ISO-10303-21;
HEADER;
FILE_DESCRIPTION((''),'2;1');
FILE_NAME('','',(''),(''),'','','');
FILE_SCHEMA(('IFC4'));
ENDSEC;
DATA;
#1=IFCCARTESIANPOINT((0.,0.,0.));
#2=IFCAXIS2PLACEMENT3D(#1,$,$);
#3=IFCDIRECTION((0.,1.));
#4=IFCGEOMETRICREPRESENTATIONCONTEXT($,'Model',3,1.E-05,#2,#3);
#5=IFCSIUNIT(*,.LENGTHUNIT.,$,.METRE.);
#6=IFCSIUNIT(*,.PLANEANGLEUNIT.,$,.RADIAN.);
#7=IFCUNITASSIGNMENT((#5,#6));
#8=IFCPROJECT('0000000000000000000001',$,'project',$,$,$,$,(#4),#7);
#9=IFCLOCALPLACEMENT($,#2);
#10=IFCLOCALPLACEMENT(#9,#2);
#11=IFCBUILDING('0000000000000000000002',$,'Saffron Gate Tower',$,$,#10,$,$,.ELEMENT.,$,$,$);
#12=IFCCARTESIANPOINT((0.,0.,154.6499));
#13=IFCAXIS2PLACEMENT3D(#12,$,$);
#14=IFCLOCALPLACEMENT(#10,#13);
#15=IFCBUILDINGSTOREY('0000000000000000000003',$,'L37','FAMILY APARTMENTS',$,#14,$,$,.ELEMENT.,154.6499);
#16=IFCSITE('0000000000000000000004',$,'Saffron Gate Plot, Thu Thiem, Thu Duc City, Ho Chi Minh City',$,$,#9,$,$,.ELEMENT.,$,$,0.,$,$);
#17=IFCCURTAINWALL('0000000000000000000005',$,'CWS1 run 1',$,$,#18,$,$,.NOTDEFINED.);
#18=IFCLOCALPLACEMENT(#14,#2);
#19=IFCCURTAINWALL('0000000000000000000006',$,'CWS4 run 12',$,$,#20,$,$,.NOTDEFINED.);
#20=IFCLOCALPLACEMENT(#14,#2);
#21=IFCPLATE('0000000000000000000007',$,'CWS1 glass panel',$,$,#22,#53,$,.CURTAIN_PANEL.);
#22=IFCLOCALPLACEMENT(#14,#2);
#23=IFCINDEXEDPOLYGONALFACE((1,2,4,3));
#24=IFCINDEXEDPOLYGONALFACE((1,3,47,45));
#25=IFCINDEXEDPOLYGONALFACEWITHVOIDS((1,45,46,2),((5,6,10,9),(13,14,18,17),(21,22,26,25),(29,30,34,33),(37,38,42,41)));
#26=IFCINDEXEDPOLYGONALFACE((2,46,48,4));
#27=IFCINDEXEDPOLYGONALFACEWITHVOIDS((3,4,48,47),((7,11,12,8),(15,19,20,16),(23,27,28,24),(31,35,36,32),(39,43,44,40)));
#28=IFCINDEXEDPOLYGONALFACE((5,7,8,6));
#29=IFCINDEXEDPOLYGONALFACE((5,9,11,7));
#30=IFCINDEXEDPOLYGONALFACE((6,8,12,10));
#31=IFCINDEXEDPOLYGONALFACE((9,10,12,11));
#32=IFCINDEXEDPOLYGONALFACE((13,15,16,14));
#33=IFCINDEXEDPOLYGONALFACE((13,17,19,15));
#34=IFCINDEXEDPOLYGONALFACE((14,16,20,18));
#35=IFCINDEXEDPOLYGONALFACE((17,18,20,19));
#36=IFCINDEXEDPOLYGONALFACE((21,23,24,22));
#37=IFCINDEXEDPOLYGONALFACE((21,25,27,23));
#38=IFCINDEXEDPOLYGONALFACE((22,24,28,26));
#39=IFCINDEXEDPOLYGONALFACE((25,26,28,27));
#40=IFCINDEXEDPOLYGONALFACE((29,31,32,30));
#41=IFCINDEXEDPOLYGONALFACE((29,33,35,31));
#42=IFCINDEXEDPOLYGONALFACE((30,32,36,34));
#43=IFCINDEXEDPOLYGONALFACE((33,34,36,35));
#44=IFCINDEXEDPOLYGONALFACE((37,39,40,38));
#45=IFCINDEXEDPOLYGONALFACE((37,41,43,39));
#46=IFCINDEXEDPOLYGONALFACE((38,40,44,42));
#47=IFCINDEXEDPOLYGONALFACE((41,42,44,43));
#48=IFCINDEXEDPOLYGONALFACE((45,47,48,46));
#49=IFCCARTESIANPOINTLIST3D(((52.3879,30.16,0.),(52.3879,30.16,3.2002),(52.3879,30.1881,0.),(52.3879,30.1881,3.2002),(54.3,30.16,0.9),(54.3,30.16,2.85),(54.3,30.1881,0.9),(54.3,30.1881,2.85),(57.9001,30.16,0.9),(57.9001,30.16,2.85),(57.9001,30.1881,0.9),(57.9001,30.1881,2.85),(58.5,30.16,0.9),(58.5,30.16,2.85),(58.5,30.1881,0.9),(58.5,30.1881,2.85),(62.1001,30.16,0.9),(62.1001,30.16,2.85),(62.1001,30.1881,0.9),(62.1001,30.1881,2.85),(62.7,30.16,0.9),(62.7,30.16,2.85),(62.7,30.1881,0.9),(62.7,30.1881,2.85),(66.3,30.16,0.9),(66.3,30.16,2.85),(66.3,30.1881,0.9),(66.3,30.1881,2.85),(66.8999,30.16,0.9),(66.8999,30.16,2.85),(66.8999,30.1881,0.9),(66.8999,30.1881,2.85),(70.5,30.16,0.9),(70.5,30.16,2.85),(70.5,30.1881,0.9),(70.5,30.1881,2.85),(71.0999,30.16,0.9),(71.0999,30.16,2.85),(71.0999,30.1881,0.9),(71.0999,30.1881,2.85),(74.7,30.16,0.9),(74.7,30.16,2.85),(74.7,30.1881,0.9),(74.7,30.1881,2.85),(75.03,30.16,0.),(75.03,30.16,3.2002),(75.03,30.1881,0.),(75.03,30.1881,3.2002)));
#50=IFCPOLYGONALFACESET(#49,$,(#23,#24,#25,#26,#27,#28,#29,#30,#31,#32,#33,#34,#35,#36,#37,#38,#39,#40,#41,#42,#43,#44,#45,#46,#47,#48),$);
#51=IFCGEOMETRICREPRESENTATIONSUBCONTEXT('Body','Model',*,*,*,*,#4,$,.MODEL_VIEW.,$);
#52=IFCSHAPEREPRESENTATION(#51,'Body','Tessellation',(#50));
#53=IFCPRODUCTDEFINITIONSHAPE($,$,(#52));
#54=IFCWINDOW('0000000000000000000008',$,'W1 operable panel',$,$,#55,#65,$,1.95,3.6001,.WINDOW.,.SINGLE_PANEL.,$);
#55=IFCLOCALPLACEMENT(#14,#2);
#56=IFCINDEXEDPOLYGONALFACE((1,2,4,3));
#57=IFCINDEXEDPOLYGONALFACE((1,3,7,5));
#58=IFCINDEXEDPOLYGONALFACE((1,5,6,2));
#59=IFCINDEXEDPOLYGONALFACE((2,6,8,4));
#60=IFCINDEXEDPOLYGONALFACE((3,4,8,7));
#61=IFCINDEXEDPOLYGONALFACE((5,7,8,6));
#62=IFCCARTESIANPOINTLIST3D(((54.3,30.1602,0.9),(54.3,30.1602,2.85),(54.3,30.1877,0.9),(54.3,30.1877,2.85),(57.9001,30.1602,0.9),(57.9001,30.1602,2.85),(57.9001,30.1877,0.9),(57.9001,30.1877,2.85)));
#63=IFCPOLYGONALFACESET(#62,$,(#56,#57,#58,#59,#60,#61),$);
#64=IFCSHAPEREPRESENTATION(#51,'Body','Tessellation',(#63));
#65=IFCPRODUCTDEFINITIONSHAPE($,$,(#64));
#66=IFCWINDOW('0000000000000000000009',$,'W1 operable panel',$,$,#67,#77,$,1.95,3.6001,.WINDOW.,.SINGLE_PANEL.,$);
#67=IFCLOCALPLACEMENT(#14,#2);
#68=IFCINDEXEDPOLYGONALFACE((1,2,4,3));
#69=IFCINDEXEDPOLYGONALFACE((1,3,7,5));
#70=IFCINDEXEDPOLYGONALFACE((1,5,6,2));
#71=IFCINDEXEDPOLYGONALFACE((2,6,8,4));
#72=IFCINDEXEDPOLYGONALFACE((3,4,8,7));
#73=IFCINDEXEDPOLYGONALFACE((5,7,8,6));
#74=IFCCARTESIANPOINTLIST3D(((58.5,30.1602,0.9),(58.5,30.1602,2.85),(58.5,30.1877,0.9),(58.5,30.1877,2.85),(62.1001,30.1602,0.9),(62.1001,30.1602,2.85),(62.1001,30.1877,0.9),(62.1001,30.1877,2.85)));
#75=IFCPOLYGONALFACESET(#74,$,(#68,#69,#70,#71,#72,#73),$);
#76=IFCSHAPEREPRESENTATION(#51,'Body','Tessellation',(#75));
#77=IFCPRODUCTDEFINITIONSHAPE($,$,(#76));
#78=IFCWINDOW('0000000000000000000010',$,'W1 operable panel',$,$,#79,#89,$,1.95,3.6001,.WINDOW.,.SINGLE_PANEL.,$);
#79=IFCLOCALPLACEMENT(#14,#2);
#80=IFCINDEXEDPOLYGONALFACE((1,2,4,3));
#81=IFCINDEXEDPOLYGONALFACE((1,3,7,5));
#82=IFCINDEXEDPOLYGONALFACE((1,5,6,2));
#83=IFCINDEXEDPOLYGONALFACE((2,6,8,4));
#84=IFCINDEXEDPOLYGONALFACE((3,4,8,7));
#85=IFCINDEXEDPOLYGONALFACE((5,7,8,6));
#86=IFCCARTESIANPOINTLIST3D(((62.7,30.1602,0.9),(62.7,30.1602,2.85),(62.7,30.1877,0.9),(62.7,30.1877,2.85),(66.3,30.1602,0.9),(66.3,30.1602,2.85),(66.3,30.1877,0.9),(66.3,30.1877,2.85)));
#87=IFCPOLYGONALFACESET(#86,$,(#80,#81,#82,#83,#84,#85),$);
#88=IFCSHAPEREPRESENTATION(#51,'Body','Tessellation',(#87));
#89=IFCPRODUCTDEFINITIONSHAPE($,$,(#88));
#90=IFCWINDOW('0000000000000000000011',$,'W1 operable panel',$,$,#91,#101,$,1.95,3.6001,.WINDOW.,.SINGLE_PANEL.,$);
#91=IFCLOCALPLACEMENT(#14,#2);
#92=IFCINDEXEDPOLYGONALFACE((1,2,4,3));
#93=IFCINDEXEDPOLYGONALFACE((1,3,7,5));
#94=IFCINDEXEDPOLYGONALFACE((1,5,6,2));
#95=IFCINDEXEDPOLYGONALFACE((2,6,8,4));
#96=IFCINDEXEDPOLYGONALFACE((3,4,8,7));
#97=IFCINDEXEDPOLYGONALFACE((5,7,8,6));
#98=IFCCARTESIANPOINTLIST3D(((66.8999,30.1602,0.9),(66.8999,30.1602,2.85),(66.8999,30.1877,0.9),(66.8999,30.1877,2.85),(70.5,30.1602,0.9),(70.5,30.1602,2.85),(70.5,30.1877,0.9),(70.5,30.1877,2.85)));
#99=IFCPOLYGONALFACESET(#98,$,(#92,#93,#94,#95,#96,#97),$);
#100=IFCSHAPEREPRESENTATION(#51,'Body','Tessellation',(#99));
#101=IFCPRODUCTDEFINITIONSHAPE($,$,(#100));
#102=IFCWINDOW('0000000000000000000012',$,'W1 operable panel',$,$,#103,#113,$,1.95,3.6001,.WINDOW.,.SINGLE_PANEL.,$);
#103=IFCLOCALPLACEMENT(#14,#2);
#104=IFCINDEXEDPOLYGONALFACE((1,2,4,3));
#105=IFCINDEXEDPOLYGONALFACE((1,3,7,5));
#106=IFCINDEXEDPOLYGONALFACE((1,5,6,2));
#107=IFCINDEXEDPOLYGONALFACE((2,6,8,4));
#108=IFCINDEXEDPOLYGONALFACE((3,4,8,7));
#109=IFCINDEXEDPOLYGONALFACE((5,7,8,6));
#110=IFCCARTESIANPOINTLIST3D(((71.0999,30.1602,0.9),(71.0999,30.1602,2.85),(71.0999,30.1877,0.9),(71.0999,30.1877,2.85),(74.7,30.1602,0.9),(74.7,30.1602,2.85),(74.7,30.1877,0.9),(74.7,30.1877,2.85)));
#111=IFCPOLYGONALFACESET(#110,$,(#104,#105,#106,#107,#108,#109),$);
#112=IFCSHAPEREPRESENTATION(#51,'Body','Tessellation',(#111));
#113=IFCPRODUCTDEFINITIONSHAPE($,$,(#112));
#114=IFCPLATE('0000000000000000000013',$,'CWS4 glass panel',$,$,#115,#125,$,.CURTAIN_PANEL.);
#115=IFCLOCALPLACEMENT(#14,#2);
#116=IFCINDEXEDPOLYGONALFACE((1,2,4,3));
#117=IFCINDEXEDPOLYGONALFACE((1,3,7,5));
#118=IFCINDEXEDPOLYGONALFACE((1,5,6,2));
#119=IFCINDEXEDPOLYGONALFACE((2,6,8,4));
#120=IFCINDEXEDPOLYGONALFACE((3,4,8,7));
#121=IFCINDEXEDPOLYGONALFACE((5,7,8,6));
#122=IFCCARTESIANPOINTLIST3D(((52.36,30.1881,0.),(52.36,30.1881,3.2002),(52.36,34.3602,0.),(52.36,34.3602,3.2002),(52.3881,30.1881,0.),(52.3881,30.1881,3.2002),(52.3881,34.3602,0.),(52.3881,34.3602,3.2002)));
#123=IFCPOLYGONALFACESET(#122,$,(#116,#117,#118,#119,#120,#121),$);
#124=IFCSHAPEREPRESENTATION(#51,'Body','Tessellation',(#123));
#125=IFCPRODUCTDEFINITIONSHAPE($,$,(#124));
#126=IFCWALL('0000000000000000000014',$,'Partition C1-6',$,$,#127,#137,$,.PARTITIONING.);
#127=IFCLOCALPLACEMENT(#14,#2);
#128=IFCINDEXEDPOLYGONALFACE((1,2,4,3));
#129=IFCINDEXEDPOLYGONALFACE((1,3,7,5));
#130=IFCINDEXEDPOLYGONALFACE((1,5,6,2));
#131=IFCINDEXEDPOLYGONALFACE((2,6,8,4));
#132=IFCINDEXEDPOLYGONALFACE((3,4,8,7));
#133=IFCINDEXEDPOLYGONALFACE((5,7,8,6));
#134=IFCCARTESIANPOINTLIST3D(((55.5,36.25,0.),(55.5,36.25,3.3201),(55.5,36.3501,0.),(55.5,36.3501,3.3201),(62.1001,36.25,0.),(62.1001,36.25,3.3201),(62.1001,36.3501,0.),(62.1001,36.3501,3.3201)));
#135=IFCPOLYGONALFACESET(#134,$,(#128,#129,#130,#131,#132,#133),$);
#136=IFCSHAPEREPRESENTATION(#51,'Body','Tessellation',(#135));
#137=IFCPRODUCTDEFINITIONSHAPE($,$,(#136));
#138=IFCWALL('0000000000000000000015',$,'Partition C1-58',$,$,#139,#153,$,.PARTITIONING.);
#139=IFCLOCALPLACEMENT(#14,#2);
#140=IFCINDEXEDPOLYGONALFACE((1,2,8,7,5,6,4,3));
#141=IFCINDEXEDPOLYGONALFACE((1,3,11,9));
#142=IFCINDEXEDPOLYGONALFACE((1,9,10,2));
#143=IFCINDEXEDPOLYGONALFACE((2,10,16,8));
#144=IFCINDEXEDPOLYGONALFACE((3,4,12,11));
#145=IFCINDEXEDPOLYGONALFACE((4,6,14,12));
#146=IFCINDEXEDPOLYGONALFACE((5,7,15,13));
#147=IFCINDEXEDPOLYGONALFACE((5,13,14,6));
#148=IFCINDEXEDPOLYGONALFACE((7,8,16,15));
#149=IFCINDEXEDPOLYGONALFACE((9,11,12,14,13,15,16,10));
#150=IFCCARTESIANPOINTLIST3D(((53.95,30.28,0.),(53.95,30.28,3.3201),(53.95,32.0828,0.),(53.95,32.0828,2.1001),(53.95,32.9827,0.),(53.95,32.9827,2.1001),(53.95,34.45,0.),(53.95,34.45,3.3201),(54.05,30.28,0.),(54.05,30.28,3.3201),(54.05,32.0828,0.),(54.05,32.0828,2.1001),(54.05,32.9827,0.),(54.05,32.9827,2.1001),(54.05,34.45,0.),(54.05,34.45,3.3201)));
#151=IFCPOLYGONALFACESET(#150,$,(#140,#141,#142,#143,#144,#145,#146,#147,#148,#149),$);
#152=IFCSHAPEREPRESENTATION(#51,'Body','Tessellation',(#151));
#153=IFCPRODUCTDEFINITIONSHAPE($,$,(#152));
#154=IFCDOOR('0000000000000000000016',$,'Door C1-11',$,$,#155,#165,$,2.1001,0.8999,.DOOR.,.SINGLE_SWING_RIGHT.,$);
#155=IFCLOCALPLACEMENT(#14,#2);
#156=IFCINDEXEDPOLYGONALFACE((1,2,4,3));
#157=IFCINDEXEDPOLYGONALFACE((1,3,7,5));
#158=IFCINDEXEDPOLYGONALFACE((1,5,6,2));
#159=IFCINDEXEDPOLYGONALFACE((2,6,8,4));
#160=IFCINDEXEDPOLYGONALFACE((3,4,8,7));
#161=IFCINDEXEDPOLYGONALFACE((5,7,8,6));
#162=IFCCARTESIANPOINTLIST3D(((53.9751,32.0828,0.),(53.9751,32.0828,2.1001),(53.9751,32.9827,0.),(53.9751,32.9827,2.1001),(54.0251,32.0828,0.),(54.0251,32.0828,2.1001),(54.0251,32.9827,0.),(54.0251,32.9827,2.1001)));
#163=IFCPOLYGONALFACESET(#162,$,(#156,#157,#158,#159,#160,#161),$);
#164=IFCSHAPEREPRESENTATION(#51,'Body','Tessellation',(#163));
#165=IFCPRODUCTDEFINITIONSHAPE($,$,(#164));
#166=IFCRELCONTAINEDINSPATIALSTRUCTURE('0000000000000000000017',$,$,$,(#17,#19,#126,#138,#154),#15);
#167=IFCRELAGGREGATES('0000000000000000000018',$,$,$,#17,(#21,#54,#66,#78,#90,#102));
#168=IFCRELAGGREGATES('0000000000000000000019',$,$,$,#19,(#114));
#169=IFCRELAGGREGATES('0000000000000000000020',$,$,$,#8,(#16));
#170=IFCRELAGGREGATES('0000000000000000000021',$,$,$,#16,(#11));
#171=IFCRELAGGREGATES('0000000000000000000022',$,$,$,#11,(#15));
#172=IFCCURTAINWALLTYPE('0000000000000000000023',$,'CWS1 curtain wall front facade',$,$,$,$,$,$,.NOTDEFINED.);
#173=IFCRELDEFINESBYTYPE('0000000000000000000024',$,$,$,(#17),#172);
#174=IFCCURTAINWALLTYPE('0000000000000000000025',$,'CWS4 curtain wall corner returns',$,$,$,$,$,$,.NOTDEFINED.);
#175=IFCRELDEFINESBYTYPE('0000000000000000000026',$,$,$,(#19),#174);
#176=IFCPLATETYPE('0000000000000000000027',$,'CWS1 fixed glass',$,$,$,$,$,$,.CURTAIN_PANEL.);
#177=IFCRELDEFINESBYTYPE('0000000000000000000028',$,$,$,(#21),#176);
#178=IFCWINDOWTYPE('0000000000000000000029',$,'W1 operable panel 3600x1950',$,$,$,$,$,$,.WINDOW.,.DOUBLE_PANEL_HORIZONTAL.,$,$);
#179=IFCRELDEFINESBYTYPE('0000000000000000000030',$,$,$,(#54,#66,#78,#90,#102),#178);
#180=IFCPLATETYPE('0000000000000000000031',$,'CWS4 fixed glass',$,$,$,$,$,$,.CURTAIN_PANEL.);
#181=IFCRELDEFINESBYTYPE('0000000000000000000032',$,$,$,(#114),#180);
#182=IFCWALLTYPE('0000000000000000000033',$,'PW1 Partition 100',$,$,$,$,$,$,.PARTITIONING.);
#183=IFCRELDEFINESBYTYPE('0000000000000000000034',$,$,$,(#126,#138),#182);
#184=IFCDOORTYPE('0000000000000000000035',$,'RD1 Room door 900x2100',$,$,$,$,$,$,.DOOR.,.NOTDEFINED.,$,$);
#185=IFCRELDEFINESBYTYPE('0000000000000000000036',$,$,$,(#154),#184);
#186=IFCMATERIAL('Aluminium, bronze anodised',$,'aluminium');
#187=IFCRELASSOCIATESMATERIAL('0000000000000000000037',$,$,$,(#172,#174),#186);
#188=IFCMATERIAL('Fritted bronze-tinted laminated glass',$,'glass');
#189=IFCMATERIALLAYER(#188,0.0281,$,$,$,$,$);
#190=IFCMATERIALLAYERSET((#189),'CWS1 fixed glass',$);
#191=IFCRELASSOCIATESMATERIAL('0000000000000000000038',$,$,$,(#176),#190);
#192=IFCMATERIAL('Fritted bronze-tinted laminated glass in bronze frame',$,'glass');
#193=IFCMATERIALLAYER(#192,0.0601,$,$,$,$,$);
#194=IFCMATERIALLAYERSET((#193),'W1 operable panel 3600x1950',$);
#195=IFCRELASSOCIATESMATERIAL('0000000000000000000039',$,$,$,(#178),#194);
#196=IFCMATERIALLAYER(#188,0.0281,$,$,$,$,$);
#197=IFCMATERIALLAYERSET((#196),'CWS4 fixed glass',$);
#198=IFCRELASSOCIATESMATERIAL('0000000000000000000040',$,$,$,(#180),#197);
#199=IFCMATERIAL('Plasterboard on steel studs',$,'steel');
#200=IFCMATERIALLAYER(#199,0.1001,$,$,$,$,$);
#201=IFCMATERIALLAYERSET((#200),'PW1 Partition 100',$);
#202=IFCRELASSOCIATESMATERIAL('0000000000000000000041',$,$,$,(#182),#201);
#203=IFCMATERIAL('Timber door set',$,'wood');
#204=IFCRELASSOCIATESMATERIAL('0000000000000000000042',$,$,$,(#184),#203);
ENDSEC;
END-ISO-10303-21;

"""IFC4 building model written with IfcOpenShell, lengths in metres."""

from ifc_helpers import new_model, si_unit, direction, frame, frame_2d, origin, place, context, subcontext, project, spatial, rectangle, extrude, material, layer, layer_set, type_object, element, fill, aggregate, save


model = new_model("IFC4")

# Units and contexts
model_context = context("Model", 3, precision=1e-05, world=origin(), true_north=direction((0.0, 1.0)))
body_context = subcontext(model_context, "Body", "Model", "MODEL_VIEW")
ifc_project = project(units=[si_unit("LENGTHUNIT", "METRE"), si_unit("PLANEANGLEUNIT", "RADIAN")], contexts=[model_context])

# Site, building, storey
site_placement = place(None, origin())
site = spatial("IfcSite", under=ifc_project, at=site_placement, Name="Saffron Gate Plot, Thu Thiem, Thu Duc City, Ho Chi Minh City", CompositionType="ELEMENT", RefElevation=0.0)
building_placement = place(site_placement, origin())
building = spatial("IfcBuilding", under=site, at=building_placement, Name="Saffron Gate Tower", CompositionType="ELEMENT")
storey_placement = place(building_placement, frame((0.0, 0.0, 154.6499)))
storey = spatial("IfcBuildingStorey", under=building, at=storey_placement, Name="L37", Description="FAMILY APARTMENTS", CompositionType="ELEMENT", Elevation=154.6499)

# Curtain walls
ifc_material_1 = material(Name="Aluminium, bronze anodised", Category="aluminium")
curtain_wall_type_1 = type_object("IfcCurtainWallType", Name="CWS1 curtain wall front facade", PredefinedType="NOTDEFINED", material=ifc_material_1)
curtain_wall_1_placement = place(storey_placement, origin())
curtain_wall_1 = element("IfcCurtainWall", 1, at=curtain_wall_1_placement, inside=storey, type_object=curtain_wall_type_1, Name="CWS1 run 1", PredefinedType="NOTDEFINED")
curtain_wall_type_2 = type_object("IfcCurtainWallType", Name="CWS4 curtain wall corner returns", PredefinedType="NOTDEFINED", material=ifc_material_1)
curtain_wall_2_placement = place(storey_placement, origin())
curtain_wall_2 = element("IfcCurtainWall", 2, at=curtain_wall_2_placement, inside=storey, type_object=curtain_wall_type_2, Name="CWS4 run 12", PredefinedType="NOTDEFINED")

# Plate, openings, windows
ifc_material_2 = material(Name="Fritted bronze-tinted laminated glass", Category="glass")
ifc_layer_1 = layer(ifc_material_2, 0.0281)
ifc_layer_set_1 = layer_set([ifc_layer_1], Name="CWS1 fixed glass")
plate_type_1 = type_object("IfcPlateType", Name="CWS1 fixed glass", PredefinedType="CURTAIN_PANEL", material=ifc_layer_set_1)
plate_1_placement = place(storey_placement, frame((52.3879, 30.1741, 0.0), z_axis=(0.0, 0.0, 1.0), x_axis=(1.0, 0.0, 0.0)))
plate_1 = element("IfcPlate", 3, at=plate_1_placement, type_object=plate_type_1, Name="CWS1 glass panel", PredefinedType="CURTAIN_PANEL", context=body_context, shape_type="SweptSolid", body=[
    extrude(rectangle(XDim=22.6421, YDim=0.0281, at=frame_2d((11.321, 0.0))), origin(), (0.0, 0.0, 1.0), 3.2002),
])
opening_1_placement = place(plate_1_placement, frame((1.9121, 0.0, 0.8999)))
opening_1 = element("IfcOpeningElement", 4, at=opening_1_placement, cuts=plate_1, PredefinedType="OPENING", context=body_context, shape_type="SweptSolid", body=[
    extrude(rectangle(XDim=3.6001, YDim=1.95, at=frame_2d((1.8, 0.9751))), frame((0.0, 0.0239, 0.0), z_axis=(0.0, -1.0, 0.0), x_axis=(1.0, 0.0, 0.0)), (0.0, 0.0, 1.0), 0.0481),
])
opening_2_placement = place(plate_1_placement, frame((6.1121, 0.0, 0.8999)))
opening_2 = element("IfcOpeningElement", 5, at=opening_2_placement, cuts=plate_1, PredefinedType="OPENING", context=body_context, shape_type="SweptSolid", body=[
    extrude(rectangle(XDim=3.6001, YDim=1.95, at=frame_2d((1.8, 0.9751))), frame((0.0, 0.0239, 0.0), z_axis=(0.0, -1.0, 0.0), x_axis=(1.0, 0.0, 0.0)), (0.0, 0.0, 1.0), 0.0481),
])
opening_3_placement = place(plate_1_placement, frame((10.312, 0.0, 0.8999)))
opening_3 = element("IfcOpeningElement", 6, at=opening_3_placement, cuts=plate_1, PredefinedType="OPENING", context=body_context, shape_type="SweptSolid", body=[
    extrude(rectangle(XDim=3.6001, YDim=1.95, at=frame_2d((1.8, 0.9751))), frame((0.0, 0.0239, 0.0), z_axis=(0.0, -1.0, 0.0), x_axis=(1.0, 0.0, 0.0)), (0.0, 0.0, 1.0), 0.0481),
])
opening_4_placement = place(plate_1_placement, frame((14.512, 0.0, 0.8999)))
opening_4 = element("IfcOpeningElement", 7, at=opening_4_placement, cuts=plate_1, PredefinedType="OPENING", context=body_context, shape_type="SweptSolid", body=[
    extrude(rectangle(XDim=3.6001, YDim=1.95, at=frame_2d((1.8, 0.9751))), frame((0.0, 0.0239, 0.0), z_axis=(0.0, -1.0, 0.0), x_axis=(1.0, 0.0, 0.0)), (0.0, 0.0, 1.0), 0.0481),
])
opening_5_placement = place(plate_1_placement, frame((18.7119, 0.0, 0.8999)))
opening_5 = element("IfcOpeningElement", 8, at=opening_5_placement, cuts=plate_1, PredefinedType="OPENING", context=body_context, shape_type="SweptSolid", body=[
    extrude(rectangle(XDim=3.6001, YDim=1.95, at=frame_2d((1.8, 0.9751))), frame((0.0, 0.0239, 0.0), z_axis=(0.0, -1.0, 0.0), x_axis=(1.0, 0.0, 0.0)), (0.0, 0.0, 1.0), 0.0481),
])
ifc_material_3 = material(Name="Fritted bronze-tinted laminated glass in bronze frame", Category="glass")
ifc_layer_2 = layer(ifc_material_3, 0.0601)
ifc_layer_set_2 = layer_set([ifc_layer_2], Name="W1 operable panel 3600x1950")
window_type = type_object("IfcWindowType", Name="W1 operable panel 3600x1950", PartitioningType="DOUBLE_PANEL_HORIZONTAL", PredefinedType="WINDOW", material=ifc_layer_set_2)
window_1_placement = place(opening_1_placement, origin())
window_1 = element("IfcWindow", 9, at=window_1_placement, type_object=window_type, Name="W1 operable panel", OverallHeight=1.95, OverallWidth=3.6001, PartitioningType="SINGLE_PANEL", PredefinedType="WINDOW", context=body_context, shape_type="SweptSolid", body=[
    extrude(rectangle(XDim=3.6001, YDim=1.95, at=frame_2d((1.8, 0.9751))), frame((0.0, 0.0137, 0.0), z_axis=(0.0, -1.0, 0.0), x_axis=(1.0, 0.0, 0.0)), (0.0, 0.0, 1.0), 0.0276),
])
fill(opening_1, window_1)
window_2_placement = place(opening_2_placement, origin())
window_2 = element("IfcWindow", 10, at=window_2_placement, type_object=window_type, Name="W1 operable panel", OverallHeight=1.95, OverallWidth=3.6001, PartitioningType="SINGLE_PANEL", PredefinedType="WINDOW", context=body_context, shape_type="SweptSolid", body=[
    extrude(rectangle(XDim=3.6001, YDim=1.95, at=frame_2d((1.8, 0.9751))), frame((0.0, 0.0137, 0.0), z_axis=(0.0, -1.0, 0.0), x_axis=(1.0, 0.0, 0.0)), (0.0, 0.0, 1.0), 0.0276),
])
fill(opening_2, window_2)
window_3_placement = place(opening_3_placement, origin())
window_3 = element("IfcWindow", 11, at=window_3_placement, type_object=window_type, Name="W1 operable panel", OverallHeight=1.95, OverallWidth=3.6001, PartitioningType="SINGLE_PANEL", PredefinedType="WINDOW", context=body_context, shape_type="SweptSolid", body=[
    extrude(rectangle(XDim=3.6001, YDim=1.95, at=frame_2d((1.8, 0.9751))), frame((0.0, 0.0137, 0.0), z_axis=(0.0, -1.0, 0.0), x_axis=(1.0, 0.0, 0.0)), (0.0, 0.0, 1.0), 0.0276),
])
fill(opening_3, window_3)
window_4_placement = place(opening_4_placement, origin())
window_4 = element("IfcWindow", 12, at=window_4_placement, type_object=window_type, Name="W1 operable panel", OverallHeight=1.95, OverallWidth=3.6001, PartitioningType="SINGLE_PANEL", PredefinedType="WINDOW", context=body_context, shape_type="SweptSolid", body=[
    extrude(rectangle(XDim=3.6001, YDim=1.95, at=frame_2d((1.8, 0.9751))), frame((0.0, 0.0137, 0.0), z_axis=(0.0, -1.0, 0.0), x_axis=(1.0, 0.0, 0.0)), (0.0, 0.0, 1.0), 0.0276),
])
fill(opening_4, window_4)
window_5_placement = place(opening_5_placement, origin())
window_5 = element("IfcWindow", 13, at=window_5_placement, type_object=window_type, Name="W1 operable panel", OverallHeight=1.95, OverallWidth=3.6001, PartitioningType="SINGLE_PANEL", PredefinedType="WINDOW", context=body_context, shape_type="SweptSolid", body=[
    extrude(rectangle(XDim=3.6001, YDim=1.95, at=frame_2d((1.8, 0.9751))), frame((0.0, 0.0137, 0.0), z_axis=(0.0, -1.0, 0.0), x_axis=(1.0, 0.0, 0.0)), (0.0, 0.0, 1.0), 0.0276),
])
fill(opening_5, window_5)
aggregate(curtain_wall_1, [plate_1, window_1, window_2, window_3, window_4, window_5])

# Plate
ifc_layer_3 = layer(ifc_material_2, 0.0281)
ifc_layer_set_3 = layer_set([ifc_layer_3], Name="CWS4 fixed glass")
plate_type_2 = type_object("IfcPlateType", Name="CWS4 fixed glass", PredefinedType="CURTAIN_PANEL", material=ifc_layer_set_3)
plate_2_placement = place(storey_placement, frame((52.374, 34.3601, 0.0), z_axis=(0.0, 0.0, 1.0), x_axis=(0.0, -1.0, 0.0)))
plate_2 = element("IfcPlate", 14, at=plate_2_placement, type_object=plate_type_2, Name="CWS4 glass panel", PredefinedType="CURTAIN_PANEL", context=body_context, shape_type="SweptSolid", body=[
    extrude(rectangle(XDim=4.1721, YDim=0.0281, at=frame_2d((2.0859, 0.0))), origin(), (0.0, 0.0, 1.0), 3.2002),
])
aggregate(curtain_wall_2, [plate_2])

# Wall
ifc_material_4 = material(Name="Plasterboard on steel studs", Category="steel")
ifc_layer_4 = layer(ifc_material_4, 0.1001)
ifc_layer_set_4 = layer_set([ifc_layer_4], Name="PW1 Partition 100")
wall_type = type_object("IfcWallType", Name="PW1 Partition 100", PredefinedType="PARTITIONING", material=ifc_layer_set_4)
wall_1_placement = place(storey_placement, frame((55.5, 36.3, 0.0), z_axis=(0.0, 0.0, 1.0), x_axis=(1.0, 0.0, 0.0)))
element("IfcWall", 15, at=wall_1_placement, inside=storey, type_object=wall_type, Name="Partition C1-6", PredefinedType="PARTITIONING", context=body_context, shape_type="SweptSolid", body=[
    extrude(rectangle(XDim=6.6001, YDim=0.1001, at=frame_2d((3.3, 0.0))), origin(), (0.0, 0.0, 1.0), 3.3201),
])

# Wall, opening, door
wall_2_placement = place(storey_placement, frame((54.0, 30.28, 0.0), z_axis=(0.0, 0.0, 1.0), x_axis=(0.0, 1.0, 0.0)))
wall_2 = element("IfcWall", 16, at=wall_2_placement, inside=storey, type_object=wall_type, Name="Partition C1-58", PredefinedType="PARTITIONING", context=body_context, shape_type="SweptSolid", body=[
    extrude(rectangle(XDim=4.1699, YDim=0.1001, at=frame_2d((2.085, 0.0))), origin(), (0.0, 0.0, 1.0), 3.3201),
])
opening_6_placement = place(wall_2_placement, frame((1.8027, 0.0, 0.0)))
opening_6 = element("IfcOpeningElement", 17, at=opening_6_placement, cuts=wall_2, PredefinedType="OPENING", context=body_context, shape_type="SweptSolid", body=[
    extrude(rectangle(XDim=0.8999, YDim=2.1001, at=frame_2d((0.45, 1.05))), frame((0.0, 0.0601, 0.0), z_axis=(0.0, -1.0, 0.0), x_axis=(1.0, 0.0, 0.0)), (0.0, 0.0, 1.0), 0.1201),
])
ifc_material_5 = material(Name="Timber door set", Category="wood")
door_type = type_object("IfcDoorType", Name="RD1 Room door 900x2100", OperationType="NOTDEFINED", PredefinedType="DOOR", material=ifc_material_5)
door_1_placement = place(opening_6_placement, origin())
door_1 = element("IfcDoor", 18, at=door_1_placement, inside=storey, type_object=door_type, Name="Door C1-11", OperationType="SINGLE_SWING_RIGHT", OverallHeight=2.1001, OverallWidth=0.8999, PredefinedType="DOOR", context=body_context, shape_type="SweptSolid", body=[
    extrude(rectangle(XDim=0.8999, YDim=2.1001, at=frame_2d((0.45, 1.05))), frame((0.0, 0.0249, 0.0), z_axis=(0.0, -1.0, 0.0), x_axis=(1.0, 0.0, 0.0)), (0.0, 0.0, 1.0), 0.05),
])
fill(opening_6, door_1)

save(model, "model.ifc")
